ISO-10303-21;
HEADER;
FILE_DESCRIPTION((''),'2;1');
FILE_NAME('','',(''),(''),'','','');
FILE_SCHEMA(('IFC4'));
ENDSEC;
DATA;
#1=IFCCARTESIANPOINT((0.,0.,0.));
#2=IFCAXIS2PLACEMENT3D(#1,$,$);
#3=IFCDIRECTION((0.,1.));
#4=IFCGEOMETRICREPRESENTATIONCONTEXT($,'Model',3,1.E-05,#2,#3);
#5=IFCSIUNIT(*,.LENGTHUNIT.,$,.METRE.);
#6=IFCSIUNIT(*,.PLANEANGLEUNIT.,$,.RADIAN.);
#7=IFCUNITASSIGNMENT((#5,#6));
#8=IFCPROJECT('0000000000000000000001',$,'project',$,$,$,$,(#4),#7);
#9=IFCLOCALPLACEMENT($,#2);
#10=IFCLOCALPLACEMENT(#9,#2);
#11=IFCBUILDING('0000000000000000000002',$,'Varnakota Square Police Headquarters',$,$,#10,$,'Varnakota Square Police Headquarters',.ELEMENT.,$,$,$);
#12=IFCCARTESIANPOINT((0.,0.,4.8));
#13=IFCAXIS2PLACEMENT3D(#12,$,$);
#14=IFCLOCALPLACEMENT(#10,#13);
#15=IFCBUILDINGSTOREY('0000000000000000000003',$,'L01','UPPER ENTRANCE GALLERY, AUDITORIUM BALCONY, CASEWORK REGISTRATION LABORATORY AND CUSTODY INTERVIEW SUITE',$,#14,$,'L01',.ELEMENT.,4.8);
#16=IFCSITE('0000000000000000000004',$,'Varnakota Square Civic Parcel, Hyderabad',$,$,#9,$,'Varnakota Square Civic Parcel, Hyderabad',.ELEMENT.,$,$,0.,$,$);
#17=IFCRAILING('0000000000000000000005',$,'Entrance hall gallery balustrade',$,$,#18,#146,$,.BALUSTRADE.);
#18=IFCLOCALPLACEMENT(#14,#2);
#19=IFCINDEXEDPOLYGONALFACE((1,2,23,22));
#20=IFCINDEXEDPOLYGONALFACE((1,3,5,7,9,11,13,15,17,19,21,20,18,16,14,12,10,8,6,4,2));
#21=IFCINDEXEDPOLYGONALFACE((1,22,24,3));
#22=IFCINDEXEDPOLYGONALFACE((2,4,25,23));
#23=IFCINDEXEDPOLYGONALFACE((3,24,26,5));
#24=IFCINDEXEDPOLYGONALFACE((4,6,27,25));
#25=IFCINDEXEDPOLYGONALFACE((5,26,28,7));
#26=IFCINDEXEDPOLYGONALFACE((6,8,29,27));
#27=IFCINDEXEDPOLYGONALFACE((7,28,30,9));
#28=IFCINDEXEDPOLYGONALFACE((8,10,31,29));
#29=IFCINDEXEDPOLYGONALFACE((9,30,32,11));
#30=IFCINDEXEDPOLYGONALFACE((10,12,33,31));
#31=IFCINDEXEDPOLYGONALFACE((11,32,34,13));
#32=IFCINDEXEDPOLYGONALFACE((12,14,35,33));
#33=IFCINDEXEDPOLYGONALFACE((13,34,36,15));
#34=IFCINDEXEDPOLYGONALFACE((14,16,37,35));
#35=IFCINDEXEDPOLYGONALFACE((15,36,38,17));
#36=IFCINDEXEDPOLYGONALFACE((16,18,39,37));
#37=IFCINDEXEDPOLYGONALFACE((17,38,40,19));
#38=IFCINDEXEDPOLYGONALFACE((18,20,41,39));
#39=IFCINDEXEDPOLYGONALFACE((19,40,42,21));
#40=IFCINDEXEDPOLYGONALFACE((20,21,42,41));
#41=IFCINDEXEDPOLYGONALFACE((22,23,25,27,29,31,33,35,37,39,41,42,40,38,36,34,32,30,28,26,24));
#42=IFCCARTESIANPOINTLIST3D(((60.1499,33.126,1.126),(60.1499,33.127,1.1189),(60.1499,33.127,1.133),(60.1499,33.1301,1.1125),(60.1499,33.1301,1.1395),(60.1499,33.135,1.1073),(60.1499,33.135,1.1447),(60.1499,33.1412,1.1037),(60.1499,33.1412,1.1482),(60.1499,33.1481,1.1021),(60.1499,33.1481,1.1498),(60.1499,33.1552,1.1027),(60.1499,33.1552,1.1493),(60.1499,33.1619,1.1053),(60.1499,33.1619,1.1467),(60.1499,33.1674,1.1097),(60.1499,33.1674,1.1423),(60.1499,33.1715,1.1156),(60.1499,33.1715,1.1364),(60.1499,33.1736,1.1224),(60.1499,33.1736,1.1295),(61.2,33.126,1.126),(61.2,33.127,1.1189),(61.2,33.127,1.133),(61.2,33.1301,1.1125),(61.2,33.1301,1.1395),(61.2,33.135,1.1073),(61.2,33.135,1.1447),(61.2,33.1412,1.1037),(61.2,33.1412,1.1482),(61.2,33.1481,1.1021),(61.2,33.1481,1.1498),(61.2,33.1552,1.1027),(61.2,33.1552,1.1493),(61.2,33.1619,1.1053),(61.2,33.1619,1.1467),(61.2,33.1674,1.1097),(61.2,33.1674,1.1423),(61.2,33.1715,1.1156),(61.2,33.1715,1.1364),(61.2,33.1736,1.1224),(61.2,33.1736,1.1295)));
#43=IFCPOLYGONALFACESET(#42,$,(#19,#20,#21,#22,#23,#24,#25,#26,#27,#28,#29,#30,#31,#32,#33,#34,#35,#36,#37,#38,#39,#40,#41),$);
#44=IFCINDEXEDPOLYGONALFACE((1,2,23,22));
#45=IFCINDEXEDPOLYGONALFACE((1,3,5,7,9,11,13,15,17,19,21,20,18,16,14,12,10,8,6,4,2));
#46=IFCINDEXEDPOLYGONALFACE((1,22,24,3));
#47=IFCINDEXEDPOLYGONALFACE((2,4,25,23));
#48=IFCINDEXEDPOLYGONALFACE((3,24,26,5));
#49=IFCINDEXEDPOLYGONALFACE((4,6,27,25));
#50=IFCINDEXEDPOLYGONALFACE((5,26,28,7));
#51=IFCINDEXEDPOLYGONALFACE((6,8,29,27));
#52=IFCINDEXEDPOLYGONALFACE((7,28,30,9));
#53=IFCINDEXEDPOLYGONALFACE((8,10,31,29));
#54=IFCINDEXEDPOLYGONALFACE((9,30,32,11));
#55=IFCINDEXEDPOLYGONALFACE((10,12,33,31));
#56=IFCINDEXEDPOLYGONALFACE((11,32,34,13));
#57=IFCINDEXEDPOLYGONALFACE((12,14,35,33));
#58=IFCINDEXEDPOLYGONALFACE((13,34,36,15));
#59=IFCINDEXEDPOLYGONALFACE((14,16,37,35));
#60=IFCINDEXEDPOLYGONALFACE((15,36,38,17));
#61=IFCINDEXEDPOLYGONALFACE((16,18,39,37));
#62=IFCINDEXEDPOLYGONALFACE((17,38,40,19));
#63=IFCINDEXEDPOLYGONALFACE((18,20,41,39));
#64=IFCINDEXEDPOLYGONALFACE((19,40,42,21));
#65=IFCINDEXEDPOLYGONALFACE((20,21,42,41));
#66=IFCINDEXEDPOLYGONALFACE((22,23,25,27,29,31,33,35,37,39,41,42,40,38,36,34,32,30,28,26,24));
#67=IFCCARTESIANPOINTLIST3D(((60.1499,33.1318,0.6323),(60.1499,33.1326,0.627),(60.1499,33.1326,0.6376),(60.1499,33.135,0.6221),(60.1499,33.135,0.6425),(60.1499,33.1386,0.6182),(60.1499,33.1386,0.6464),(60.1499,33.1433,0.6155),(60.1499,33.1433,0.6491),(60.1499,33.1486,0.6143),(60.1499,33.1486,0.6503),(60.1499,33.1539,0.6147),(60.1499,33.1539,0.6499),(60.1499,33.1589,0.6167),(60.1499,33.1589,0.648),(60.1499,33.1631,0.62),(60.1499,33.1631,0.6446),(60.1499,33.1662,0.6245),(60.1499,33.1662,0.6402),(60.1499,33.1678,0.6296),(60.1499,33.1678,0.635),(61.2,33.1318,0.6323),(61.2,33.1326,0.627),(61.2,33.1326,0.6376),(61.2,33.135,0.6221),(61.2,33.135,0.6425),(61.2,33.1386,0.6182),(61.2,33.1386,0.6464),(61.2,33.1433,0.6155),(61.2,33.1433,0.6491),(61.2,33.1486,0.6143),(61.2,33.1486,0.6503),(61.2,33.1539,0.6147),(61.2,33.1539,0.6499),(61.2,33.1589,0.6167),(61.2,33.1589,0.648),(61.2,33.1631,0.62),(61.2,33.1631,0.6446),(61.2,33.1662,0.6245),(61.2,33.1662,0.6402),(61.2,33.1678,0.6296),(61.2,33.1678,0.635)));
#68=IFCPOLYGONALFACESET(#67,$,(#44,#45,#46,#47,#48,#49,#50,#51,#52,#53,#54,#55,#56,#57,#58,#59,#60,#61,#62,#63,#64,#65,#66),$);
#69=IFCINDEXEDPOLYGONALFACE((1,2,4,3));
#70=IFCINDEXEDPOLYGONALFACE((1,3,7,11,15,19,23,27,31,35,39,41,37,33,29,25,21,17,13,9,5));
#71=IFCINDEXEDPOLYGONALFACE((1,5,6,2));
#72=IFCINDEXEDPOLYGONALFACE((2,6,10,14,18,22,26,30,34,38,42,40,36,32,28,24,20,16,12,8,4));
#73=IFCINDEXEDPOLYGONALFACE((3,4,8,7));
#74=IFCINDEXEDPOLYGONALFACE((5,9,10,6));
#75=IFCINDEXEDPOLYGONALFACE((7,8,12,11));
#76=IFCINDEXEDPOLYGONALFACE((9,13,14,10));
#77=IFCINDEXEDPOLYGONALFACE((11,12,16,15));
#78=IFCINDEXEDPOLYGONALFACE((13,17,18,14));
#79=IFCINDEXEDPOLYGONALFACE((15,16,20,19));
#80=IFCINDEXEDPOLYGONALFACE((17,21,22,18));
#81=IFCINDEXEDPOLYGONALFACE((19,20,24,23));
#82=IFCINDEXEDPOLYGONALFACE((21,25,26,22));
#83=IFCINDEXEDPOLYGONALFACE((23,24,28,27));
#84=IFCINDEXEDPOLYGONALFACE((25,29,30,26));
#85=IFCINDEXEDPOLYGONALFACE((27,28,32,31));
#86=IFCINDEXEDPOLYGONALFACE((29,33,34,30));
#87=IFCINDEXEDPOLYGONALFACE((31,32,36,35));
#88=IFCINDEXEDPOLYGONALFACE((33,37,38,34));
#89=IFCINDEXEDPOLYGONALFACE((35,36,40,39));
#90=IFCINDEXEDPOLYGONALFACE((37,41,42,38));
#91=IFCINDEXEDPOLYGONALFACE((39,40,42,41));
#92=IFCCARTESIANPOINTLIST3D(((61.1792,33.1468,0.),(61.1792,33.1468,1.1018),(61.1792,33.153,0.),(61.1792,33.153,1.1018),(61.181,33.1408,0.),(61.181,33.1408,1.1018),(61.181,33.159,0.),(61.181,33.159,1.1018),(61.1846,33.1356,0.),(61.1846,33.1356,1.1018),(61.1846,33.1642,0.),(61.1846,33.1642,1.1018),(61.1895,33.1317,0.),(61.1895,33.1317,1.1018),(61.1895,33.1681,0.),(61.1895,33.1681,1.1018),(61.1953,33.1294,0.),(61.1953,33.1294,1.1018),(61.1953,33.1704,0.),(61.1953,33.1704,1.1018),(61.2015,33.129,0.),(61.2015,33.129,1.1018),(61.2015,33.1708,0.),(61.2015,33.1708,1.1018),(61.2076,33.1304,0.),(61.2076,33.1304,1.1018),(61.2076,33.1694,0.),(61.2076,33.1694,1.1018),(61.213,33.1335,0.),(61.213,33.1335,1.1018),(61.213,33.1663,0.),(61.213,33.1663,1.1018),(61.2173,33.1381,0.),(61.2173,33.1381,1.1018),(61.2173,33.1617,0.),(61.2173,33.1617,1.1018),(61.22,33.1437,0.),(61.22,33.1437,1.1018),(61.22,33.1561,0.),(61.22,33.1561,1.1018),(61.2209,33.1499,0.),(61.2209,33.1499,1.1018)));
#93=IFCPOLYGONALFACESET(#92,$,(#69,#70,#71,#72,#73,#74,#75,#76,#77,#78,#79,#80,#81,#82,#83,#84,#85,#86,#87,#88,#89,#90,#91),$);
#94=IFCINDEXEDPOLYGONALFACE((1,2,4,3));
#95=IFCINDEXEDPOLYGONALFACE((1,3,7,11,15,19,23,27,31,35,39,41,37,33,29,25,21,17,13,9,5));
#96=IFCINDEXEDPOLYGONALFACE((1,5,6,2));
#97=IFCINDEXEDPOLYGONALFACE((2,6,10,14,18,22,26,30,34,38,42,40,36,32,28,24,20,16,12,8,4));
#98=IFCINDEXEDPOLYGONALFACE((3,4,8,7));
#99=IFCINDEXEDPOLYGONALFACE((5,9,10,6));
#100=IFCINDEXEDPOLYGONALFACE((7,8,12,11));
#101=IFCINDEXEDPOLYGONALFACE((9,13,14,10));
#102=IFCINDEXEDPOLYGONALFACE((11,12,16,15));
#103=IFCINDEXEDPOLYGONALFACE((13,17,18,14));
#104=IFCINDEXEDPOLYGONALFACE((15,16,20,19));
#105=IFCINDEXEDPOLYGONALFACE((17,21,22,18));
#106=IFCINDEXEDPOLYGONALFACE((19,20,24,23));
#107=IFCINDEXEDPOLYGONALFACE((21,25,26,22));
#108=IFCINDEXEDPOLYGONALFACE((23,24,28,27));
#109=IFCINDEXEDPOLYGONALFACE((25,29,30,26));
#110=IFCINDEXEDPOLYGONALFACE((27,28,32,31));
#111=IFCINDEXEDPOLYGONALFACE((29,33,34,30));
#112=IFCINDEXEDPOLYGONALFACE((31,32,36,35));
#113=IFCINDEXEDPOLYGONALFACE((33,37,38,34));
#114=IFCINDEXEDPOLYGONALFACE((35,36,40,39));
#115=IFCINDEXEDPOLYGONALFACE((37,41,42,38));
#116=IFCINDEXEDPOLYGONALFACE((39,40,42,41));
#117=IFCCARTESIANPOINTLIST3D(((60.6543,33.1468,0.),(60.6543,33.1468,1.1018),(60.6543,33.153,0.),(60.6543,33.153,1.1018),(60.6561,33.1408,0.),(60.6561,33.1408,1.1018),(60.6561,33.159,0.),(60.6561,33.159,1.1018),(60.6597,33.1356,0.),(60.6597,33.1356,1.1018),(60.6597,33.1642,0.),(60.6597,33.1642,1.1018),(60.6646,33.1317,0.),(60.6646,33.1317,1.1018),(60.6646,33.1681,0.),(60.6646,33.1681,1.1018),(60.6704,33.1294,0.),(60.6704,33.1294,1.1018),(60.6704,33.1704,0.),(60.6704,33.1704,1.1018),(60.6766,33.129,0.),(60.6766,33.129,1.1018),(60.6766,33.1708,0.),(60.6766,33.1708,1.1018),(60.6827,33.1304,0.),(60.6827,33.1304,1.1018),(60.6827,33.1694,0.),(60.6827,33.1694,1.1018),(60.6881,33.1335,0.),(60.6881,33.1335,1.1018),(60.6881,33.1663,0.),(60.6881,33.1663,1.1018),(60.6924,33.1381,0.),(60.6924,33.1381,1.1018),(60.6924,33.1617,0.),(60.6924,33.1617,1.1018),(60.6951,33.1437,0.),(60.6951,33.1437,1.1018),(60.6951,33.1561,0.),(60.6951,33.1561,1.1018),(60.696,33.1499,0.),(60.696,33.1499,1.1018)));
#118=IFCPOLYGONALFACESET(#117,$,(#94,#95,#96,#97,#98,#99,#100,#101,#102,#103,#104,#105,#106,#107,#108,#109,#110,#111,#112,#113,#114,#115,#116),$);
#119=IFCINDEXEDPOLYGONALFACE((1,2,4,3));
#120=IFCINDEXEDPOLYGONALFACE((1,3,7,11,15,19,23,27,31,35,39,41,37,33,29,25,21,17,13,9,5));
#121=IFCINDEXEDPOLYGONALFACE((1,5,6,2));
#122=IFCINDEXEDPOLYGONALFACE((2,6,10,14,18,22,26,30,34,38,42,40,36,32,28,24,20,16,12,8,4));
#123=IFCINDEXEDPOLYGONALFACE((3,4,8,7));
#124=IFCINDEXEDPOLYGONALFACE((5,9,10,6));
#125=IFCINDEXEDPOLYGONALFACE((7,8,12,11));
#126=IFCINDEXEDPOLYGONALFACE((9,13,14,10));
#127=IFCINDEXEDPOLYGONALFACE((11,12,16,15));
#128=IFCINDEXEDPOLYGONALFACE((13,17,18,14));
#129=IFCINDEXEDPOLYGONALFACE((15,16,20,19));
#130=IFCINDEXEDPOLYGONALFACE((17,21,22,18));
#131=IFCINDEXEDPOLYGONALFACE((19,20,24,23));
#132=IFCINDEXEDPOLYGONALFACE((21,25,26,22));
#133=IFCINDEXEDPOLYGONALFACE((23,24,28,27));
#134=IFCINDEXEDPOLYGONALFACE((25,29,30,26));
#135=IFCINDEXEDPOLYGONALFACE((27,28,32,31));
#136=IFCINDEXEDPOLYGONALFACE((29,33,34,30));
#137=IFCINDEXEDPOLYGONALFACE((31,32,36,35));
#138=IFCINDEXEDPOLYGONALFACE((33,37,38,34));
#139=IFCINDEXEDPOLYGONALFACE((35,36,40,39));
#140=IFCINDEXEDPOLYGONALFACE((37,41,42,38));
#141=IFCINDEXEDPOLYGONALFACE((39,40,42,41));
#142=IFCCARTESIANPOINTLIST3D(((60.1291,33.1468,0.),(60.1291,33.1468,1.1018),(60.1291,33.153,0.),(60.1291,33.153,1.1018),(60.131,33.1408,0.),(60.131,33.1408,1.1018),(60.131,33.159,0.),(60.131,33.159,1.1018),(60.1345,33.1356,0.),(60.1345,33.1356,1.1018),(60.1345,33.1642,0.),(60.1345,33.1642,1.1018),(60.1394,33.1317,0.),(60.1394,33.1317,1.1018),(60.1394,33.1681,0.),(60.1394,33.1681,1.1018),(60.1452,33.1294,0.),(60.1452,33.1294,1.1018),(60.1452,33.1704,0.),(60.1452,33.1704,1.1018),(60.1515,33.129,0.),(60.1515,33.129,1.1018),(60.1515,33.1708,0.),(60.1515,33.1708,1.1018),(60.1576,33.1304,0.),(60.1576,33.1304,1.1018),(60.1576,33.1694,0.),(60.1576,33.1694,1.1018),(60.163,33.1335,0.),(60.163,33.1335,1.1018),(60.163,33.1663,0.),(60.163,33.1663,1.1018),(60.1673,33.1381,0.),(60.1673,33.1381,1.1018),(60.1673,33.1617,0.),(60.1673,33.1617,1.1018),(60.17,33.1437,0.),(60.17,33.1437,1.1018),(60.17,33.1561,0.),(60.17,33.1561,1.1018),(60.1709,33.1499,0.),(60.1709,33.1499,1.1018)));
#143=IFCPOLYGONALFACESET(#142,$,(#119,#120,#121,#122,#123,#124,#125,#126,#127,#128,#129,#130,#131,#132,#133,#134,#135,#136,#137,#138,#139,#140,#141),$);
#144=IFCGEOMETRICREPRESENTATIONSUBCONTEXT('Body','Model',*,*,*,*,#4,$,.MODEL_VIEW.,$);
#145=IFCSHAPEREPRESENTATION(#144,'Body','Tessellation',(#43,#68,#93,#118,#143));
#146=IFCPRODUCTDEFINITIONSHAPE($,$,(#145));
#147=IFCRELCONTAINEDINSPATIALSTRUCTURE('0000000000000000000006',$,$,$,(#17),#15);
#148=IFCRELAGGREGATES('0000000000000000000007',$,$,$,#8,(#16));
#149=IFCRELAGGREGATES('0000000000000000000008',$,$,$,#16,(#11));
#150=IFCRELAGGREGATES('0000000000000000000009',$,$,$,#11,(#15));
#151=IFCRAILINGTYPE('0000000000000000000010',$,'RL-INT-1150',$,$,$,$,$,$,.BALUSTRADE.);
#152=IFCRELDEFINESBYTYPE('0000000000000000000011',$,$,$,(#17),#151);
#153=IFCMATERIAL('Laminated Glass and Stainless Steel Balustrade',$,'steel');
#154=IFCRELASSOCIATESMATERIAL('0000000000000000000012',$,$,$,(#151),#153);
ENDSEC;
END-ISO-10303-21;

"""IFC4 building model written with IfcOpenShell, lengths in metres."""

from ifc_helpers import new_model, si_unit, direction, frame, origin, origin_2d, place, context, subcontext, project, spatial, circle, extrude, material, type_object, element, save


model = new_model("IFC4")

# Units and contexts
model_context = context("Model", 3, precision=1e-05, world=origin(), true_north=direction((0.0, 1.0)))
body_context = subcontext(model_context, "Body", "Model", "MODEL_VIEW")
ifc_project = project(units=[si_unit("LENGTHUNIT", "METRE"), si_unit("PLANEANGLEUNIT", "RADIAN")], contexts=[model_context])

# Site, building, storey
site_placement = place(None, origin())
site = spatial("IfcSite", under=ifc_project, at=site_placement, Name="Varnakota Square Civic Parcel, Hyderabad", LongName="Varnakota Square Civic Parcel, Hyderabad", CompositionType="ELEMENT", RefElevation=0.0)
building_placement = place(site_placement, origin())
building = spatial("IfcBuilding", under=site, at=building_placement, Name="Varnakota Square Police Headquarters", LongName="Varnakota Square Police Headquarters", CompositionType="ELEMENT")
storey_placement = place(building_placement, frame((0.0, 0.0, 4.8)))
storey = spatial("IfcBuildingStorey", under=building, at=storey_placement, Name="L01", Description="UPPER ENTRANCE GALLERY, AUDITORIUM BALCONY, CASEWORK REGISTRATION LABORATORY AND CUSTODY INTERVIEW SUITE", LongName="L01", CompositionType="ELEMENT", Elevation=4.8)

# Railing
ifc_material_1 = material(Name="Laminated Glass and Stainless Steel Balustrade", Category="steel")
railing_type_1 = type_object("IfcRailingType", Name="RL-INT-1150", PredefinedType="BALUSTRADE", material=ifc_material_1)
railing_1_placement = place(storey_placement, frame((61.2, 33.1499, 0.0)))
element("IfcRailing", 1, at=railing_1_placement, inside=storey, type_object=railing_type_1, Name="Entrance hall gallery balustrade", PredefinedType="BALUSTRADE", context=body_context, shape_type="SweptSolid", body=[
    extrude(circle(Radius=0.0239, at=origin_2d()), frame((0.0, 0.0, 1.126), z_axis=(-1.0, 0.0, 0.0), x_axis=(0.0, -1.0, 0.0)), (0.0, 0.0, 1.0), 1.05),
    extrude(circle(Radius=0.0181, at=origin_2d()), frame((0.0, 0.0, 0.6323), z_axis=(-1.0, 0.0, 0.0), x_axis=(0.0, -1.0, 0.0)), (0.0, 0.0, 1.0), 1.05),
    extrude(circle(Radius=0.021, at=origin_2d()), origin(), (0.0, 0.0, 1.0), 1.1018),
    extrude(circle(Radius=0.021, at=origin_2d()), frame((-0.5249, 0.0, 0.0)), (0.0, 0.0, 1.0), 1.1018),
    extrude(circle(Radius=0.021, at=origin_2d()), frame((-1.05, 0.0, 0.0)), (0.0, 0.0, 1.0), 1.1018),
])

save(model, "model.ifc")
